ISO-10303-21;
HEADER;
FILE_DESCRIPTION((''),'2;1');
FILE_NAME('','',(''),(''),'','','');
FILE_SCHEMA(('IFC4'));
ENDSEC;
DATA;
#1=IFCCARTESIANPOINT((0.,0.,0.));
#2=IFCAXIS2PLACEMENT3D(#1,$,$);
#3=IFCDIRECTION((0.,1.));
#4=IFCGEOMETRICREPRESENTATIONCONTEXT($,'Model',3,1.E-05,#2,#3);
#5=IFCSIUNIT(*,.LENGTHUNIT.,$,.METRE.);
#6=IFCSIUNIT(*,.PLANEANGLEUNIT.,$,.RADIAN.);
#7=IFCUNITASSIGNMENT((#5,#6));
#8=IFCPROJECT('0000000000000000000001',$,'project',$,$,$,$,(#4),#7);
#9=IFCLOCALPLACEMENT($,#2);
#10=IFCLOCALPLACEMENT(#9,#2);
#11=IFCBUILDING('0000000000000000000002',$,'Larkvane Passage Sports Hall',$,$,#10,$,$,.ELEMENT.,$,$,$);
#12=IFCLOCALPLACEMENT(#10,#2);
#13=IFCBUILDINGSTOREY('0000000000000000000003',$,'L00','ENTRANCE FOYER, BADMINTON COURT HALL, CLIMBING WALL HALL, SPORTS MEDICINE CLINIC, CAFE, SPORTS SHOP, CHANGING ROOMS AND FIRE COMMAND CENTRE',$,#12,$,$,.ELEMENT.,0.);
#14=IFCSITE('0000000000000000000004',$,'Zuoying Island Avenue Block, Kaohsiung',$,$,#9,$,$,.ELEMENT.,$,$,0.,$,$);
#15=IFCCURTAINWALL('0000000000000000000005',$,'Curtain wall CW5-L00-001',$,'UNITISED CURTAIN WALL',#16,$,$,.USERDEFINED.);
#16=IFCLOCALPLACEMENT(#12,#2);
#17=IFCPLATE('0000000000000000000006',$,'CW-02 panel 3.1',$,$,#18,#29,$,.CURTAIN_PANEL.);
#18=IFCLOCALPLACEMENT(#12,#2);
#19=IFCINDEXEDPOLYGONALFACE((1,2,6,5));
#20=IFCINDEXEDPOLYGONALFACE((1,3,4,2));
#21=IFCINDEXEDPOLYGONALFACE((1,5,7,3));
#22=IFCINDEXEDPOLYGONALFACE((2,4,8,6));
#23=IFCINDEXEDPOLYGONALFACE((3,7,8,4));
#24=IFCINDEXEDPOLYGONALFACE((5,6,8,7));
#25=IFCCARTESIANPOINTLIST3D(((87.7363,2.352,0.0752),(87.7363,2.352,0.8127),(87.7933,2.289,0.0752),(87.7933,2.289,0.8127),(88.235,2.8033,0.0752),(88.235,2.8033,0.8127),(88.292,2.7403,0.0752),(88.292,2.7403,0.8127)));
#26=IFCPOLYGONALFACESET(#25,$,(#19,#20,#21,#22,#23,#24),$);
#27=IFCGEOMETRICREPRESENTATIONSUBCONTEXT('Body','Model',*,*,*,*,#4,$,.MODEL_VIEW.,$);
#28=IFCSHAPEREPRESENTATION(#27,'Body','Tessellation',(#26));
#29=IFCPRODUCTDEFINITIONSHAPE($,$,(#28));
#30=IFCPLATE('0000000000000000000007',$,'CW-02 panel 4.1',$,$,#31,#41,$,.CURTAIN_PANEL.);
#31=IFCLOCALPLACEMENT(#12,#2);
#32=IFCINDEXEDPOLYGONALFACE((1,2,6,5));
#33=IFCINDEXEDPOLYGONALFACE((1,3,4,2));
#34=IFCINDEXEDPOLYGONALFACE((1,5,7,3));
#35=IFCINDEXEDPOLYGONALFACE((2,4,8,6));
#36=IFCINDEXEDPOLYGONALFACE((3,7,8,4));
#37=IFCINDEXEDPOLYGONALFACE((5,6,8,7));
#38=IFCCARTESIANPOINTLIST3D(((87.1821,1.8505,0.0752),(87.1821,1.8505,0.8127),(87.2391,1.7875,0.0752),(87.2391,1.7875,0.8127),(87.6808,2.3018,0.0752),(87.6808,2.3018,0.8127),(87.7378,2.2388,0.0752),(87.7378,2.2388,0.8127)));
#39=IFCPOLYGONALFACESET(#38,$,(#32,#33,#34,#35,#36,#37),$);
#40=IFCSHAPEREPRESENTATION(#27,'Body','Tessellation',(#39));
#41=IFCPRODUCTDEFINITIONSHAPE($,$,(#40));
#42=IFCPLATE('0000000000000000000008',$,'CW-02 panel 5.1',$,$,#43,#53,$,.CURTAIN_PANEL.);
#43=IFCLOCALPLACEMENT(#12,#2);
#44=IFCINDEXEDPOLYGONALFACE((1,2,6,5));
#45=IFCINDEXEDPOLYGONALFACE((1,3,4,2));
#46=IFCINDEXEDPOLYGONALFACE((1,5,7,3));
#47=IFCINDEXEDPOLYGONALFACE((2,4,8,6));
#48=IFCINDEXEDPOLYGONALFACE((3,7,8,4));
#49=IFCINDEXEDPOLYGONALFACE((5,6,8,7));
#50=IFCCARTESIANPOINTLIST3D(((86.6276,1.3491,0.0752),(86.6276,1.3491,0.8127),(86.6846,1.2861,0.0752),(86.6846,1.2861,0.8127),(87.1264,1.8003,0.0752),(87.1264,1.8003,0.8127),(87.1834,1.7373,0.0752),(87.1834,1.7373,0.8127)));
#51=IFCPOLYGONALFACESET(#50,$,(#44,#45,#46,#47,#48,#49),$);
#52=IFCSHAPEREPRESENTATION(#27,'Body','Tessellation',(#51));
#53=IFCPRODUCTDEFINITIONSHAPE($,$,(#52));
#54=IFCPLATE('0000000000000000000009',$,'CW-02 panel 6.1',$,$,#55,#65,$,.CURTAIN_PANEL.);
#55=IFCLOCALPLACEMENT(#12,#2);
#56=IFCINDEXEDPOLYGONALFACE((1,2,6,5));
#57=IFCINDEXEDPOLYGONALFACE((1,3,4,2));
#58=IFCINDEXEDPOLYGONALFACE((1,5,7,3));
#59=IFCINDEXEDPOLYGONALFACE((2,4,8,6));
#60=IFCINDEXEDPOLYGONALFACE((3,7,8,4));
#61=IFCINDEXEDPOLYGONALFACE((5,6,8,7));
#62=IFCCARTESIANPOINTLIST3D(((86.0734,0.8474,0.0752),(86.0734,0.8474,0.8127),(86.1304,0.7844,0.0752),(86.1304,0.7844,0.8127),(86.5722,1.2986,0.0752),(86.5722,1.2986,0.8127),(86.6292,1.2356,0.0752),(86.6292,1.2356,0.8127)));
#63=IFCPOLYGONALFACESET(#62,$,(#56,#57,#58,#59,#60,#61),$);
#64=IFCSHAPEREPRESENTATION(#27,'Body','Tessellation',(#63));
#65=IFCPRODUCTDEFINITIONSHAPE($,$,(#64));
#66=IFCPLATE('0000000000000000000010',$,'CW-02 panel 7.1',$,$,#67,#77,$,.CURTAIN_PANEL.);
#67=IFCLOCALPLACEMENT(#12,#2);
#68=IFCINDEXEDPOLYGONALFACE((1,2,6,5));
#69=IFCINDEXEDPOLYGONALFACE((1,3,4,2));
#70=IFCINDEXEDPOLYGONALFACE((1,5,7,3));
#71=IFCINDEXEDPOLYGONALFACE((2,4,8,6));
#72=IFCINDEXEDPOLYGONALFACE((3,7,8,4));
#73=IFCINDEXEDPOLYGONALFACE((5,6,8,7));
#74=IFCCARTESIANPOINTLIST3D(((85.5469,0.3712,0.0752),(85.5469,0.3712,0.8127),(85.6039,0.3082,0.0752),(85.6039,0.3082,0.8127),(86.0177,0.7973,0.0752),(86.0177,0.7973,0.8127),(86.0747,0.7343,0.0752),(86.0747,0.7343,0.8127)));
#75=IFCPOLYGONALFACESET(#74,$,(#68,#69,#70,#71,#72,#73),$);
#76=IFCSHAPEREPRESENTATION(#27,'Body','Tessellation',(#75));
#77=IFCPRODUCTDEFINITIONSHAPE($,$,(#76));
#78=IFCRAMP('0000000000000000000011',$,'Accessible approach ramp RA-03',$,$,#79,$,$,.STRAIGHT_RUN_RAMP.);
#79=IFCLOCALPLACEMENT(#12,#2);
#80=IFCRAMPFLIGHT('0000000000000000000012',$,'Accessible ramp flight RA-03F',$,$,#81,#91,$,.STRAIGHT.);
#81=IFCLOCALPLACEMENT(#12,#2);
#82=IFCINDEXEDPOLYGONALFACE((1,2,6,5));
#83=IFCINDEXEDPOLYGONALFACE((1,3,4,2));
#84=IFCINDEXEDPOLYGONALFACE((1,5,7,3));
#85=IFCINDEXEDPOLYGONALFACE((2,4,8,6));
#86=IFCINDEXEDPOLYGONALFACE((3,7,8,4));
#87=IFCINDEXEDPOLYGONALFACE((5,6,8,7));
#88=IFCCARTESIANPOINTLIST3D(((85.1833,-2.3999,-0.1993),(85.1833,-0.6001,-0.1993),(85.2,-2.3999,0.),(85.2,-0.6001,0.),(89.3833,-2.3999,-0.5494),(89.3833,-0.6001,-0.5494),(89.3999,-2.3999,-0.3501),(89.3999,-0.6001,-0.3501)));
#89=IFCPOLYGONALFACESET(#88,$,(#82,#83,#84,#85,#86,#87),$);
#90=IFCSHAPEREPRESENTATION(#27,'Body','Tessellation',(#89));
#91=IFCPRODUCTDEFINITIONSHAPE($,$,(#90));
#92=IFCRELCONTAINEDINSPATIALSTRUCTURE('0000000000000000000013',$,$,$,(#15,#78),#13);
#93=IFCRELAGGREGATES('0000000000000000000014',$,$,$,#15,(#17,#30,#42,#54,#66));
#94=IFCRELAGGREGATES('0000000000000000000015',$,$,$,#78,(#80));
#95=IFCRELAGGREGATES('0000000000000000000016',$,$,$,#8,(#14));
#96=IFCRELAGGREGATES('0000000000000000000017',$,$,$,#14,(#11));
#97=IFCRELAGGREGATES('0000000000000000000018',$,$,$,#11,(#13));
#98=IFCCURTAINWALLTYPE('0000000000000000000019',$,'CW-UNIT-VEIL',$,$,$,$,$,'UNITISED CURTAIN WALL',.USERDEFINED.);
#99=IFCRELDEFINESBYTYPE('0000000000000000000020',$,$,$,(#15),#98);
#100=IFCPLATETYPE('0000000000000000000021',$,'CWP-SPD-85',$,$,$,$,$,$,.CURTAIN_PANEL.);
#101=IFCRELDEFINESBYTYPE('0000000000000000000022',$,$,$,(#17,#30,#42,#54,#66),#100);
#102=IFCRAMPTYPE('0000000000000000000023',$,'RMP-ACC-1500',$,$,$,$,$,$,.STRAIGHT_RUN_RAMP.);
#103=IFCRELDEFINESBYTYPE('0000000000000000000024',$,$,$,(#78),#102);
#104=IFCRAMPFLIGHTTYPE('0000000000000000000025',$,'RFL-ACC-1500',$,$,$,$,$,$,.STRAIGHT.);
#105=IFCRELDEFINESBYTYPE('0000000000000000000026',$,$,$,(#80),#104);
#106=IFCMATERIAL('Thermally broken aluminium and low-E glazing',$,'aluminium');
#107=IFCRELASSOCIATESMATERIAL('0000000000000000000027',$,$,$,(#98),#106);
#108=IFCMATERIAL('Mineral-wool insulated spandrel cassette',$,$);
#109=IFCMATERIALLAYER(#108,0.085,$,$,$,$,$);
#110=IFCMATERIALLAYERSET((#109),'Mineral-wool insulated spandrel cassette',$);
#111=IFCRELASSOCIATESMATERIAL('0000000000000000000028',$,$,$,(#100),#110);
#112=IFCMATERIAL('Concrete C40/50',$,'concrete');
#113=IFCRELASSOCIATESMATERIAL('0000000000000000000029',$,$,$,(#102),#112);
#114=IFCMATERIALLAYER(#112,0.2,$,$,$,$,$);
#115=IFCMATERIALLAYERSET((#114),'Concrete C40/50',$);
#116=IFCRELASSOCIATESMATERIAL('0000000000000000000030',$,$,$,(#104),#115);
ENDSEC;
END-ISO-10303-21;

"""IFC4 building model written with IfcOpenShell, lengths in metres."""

from ifc_helpers import new_model, si_unit, direction, frame, origin, origin_2d, place, context, subcontext, project, spatial, polyline, rectangle, outline, extrude, material, layer, layer_set, type_object, element, aggregate, save


model = new_model("IFC4")

# Units and contexts
model_context = context("Model", 3, precision=1e-05, world=origin(), true_north=direction((0.0, 1.0)))
body_context = subcontext(model_context, "Body", "Model", "MODEL_VIEW")
ifc_project = project(units=[si_unit("LENGTHUNIT", "METRE"), si_unit("PLANEANGLEUNIT", "RADIAN")], contexts=[model_context])

# Site, building, storey
site_placement = place(None, origin())
site = spatial("IfcSite", under=ifc_project, at=site_placement, Name="Zuoying Island Avenue Block, Kaohsiung", CompositionType="ELEMENT", RefElevation=0.0)
building_placement = place(site_placement, origin())
building = spatial("IfcBuilding", under=site, at=building_placement, Name="Larkvane Passage Sports Hall", CompositionType="ELEMENT")
storey_placement = place(building_placement, origin())
storey = spatial("IfcBuildingStorey", under=building, at=storey_placement, Name="L00", Description="ENTRANCE FOYER, BADMINTON COURT HALL, CLIMBING WALL HALL, SPORTS MEDICINE CLINIC, CAFE, SPORTS SHOP, CHANGING ROOMS AND FIRE COMMAND CENTRE", CompositionType="ELEMENT", Elevation=0.0)

# Curtain wall, plates
ifc_material_1 = material(Name="Thermally broken aluminium and low-E glazing", Category="aluminium")
curtain_wall_type = type_object("IfcCurtainWallType", Name="CW-UNIT-VEIL", ElementType="UNITISED CURTAIN WALL", PredefinedType="USERDEFINED", material=ifc_material_1)
curtain_wall_placement = place(storey_placement, origin())
curtain_wall = element("IfcCurtainWall", 1, at=curtain_wall_placement, inside=storey, type_object=curtain_wall_type, Name="Curtain wall CW5-L00-001", ObjectType="UNITISED CURTAIN WALL", PredefinedType="USERDEFINED")
ifc_material_2 = material(Name="Mineral-wool insulated spandrel cassette")
ifc_layer_1 = layer(ifc_material_2, 0.085)
ifc_layer_set_1 = layer_set([ifc_layer_1], Name="Mineral-wool insulated spandrel cassette")
plate_type = type_object("IfcPlateType", Name="CWP-SPD-85", PredefinedType="CURTAIN_PANEL", material=ifc_layer_set_1)
plate_1_placement = place(storey_placement, frame((88.0142, 2.5461, 0.0752), z_axis=(0.0, 0.0, 1.0), x_axis=(-0.741532, -0.670918, 0.0)))
plate_1 = element("IfcPlate", 2, at=plate_1_placement, type_object=plate_type, Name="CW-02 panel 3.1", PredefinedType="CURTAIN_PANEL", context=body_context, shape_type="SweptSolid", body=[
    extrude(rectangle(XDim=0.6726, YDim=0.085, at=origin_2d()), origin(), (0.0, 0.0, 1.0), 0.7375),
])
plate_2_placement = place(storey_placement, frame((87.46, 2.0447, 0.0752), z_axis=(0.0, 0.0, 1.0), x_axis=(-0.741532, -0.670918, 0.0)))
plate_2 = element("IfcPlate", 3, at=plate_2_placement, type_object=plate_type, Name="CW-02 panel 4.1", PredefinedType="CURTAIN_PANEL", context=body_context, shape_type="SweptSolid", body=[
    extrude(rectangle(XDim=0.6726, YDim=0.085, at=origin_2d()), origin(), (0.0, 0.0, 1.0), 0.7375),
])
plate_3_placement = place(storey_placement, frame((86.9055, 1.5432, 0.0752), z_axis=(0.0, 0.0, 1.0), x_axis=(-0.741532, -0.670918, 0.0)))
plate_3 = element("IfcPlate", 4, at=plate_3_placement, type_object=plate_type, Name="CW-02 panel 5.1", PredefinedType="CURTAIN_PANEL", context=body_context, shape_type="SweptSolid", body=[
    extrude(rectangle(XDim=0.6726, YDim=0.085, at=origin_2d()), origin(), (0.0, 0.0, 1.0), 0.7375),
])
plate_4_placement = place(storey_placement, frame((86.3513, 1.0415, 0.0752), z_axis=(0.0, 0.0, 1.0), x_axis=(-0.741532, -0.670918, 0.0)))
plate_4 = element("IfcPlate", 5, at=plate_4_placement, type_object=plate_type, Name="CW-02 panel 6.1", PredefinedType="CURTAIN_PANEL", context=body_context, shape_type="SweptSolid", body=[
    extrude(rectangle(XDim=0.6726, YDim=0.085, at=origin_2d()), origin(), (0.0, 0.0, 1.0), 0.7375),
])
plate_5_placement = place(storey_placement, frame((85.8108, 0.5527, 0.0752), z_axis=(0.0, 0.0, 1.0), x_axis=(-0.741532, -0.670918, 0.0)))
plate_5 = element("IfcPlate", 6, at=plate_5_placement, type_object=plate_type, Name="CW-02 panel 7.1", PredefinedType="CURTAIN_PANEL", context=body_context, shape_type="SweptSolid", body=[
    extrude(rectangle(XDim=0.635, YDim=0.085, at=origin_2d()), origin(), (0.0, 0.0, 1.0), 0.7375),
])
aggregate(curtain_wall, [plate_1, plate_2, plate_3, plate_4, plate_5])

# Ramp, ramp flight
ifc_material_3 = material(Name="Concrete C40/50", Category="concrete")
ramp_type = type_object("IfcRampType", Name="RMP-ACC-1500", PredefinedType="STRAIGHT_RUN_RAMP", material=ifc_material_3)
ramp_placement = place(storey_placement, origin())
ramp = element("IfcRamp", 7, at=ramp_placement, inside=storey, type_object=ramp_type, Name="Accessible approach ramp RA-03", PredefinedType="STRAIGHT_RUN_RAMP")
ifc_layer_2 = layer(ifc_material_3, 0.2)
ifc_layer_set_2 = layer_set([ifc_layer_2], Name="Concrete C40/50")
ramp_flight_type = type_object("IfcRampFlightType", Name="RFL-ACC-1500", PredefinedType="STRAIGHT", material=ifc_layer_set_2)
ramp_flight_placement = place(storey_placement, frame((89.3999, -2.3999, -0.3501), z_axis=(0.083069, 0.0, 0.996544), x_axis=(-0.996544, 0.0, 0.083069)))
ramp_flight = element("IfcRampFlight", 8, at=ramp_flight_placement, type_object=ramp_flight_type, Name="Accessible ramp flight RA-03F", PredefinedType="STRAIGHT", context=body_context, shape_type="SweptSolid", body=[
    extrude(outline(polyline([(0.0, 0.0), (4.2145, 0.0), (4.2145, -1.7998), (0.0, -1.7998), (0.0, 0.0)])), origin(), (0.0, 0.0, -1.0), 0.2),
])
aggregate(ramp, [ramp_flight])

save(model, "model.ifc")
